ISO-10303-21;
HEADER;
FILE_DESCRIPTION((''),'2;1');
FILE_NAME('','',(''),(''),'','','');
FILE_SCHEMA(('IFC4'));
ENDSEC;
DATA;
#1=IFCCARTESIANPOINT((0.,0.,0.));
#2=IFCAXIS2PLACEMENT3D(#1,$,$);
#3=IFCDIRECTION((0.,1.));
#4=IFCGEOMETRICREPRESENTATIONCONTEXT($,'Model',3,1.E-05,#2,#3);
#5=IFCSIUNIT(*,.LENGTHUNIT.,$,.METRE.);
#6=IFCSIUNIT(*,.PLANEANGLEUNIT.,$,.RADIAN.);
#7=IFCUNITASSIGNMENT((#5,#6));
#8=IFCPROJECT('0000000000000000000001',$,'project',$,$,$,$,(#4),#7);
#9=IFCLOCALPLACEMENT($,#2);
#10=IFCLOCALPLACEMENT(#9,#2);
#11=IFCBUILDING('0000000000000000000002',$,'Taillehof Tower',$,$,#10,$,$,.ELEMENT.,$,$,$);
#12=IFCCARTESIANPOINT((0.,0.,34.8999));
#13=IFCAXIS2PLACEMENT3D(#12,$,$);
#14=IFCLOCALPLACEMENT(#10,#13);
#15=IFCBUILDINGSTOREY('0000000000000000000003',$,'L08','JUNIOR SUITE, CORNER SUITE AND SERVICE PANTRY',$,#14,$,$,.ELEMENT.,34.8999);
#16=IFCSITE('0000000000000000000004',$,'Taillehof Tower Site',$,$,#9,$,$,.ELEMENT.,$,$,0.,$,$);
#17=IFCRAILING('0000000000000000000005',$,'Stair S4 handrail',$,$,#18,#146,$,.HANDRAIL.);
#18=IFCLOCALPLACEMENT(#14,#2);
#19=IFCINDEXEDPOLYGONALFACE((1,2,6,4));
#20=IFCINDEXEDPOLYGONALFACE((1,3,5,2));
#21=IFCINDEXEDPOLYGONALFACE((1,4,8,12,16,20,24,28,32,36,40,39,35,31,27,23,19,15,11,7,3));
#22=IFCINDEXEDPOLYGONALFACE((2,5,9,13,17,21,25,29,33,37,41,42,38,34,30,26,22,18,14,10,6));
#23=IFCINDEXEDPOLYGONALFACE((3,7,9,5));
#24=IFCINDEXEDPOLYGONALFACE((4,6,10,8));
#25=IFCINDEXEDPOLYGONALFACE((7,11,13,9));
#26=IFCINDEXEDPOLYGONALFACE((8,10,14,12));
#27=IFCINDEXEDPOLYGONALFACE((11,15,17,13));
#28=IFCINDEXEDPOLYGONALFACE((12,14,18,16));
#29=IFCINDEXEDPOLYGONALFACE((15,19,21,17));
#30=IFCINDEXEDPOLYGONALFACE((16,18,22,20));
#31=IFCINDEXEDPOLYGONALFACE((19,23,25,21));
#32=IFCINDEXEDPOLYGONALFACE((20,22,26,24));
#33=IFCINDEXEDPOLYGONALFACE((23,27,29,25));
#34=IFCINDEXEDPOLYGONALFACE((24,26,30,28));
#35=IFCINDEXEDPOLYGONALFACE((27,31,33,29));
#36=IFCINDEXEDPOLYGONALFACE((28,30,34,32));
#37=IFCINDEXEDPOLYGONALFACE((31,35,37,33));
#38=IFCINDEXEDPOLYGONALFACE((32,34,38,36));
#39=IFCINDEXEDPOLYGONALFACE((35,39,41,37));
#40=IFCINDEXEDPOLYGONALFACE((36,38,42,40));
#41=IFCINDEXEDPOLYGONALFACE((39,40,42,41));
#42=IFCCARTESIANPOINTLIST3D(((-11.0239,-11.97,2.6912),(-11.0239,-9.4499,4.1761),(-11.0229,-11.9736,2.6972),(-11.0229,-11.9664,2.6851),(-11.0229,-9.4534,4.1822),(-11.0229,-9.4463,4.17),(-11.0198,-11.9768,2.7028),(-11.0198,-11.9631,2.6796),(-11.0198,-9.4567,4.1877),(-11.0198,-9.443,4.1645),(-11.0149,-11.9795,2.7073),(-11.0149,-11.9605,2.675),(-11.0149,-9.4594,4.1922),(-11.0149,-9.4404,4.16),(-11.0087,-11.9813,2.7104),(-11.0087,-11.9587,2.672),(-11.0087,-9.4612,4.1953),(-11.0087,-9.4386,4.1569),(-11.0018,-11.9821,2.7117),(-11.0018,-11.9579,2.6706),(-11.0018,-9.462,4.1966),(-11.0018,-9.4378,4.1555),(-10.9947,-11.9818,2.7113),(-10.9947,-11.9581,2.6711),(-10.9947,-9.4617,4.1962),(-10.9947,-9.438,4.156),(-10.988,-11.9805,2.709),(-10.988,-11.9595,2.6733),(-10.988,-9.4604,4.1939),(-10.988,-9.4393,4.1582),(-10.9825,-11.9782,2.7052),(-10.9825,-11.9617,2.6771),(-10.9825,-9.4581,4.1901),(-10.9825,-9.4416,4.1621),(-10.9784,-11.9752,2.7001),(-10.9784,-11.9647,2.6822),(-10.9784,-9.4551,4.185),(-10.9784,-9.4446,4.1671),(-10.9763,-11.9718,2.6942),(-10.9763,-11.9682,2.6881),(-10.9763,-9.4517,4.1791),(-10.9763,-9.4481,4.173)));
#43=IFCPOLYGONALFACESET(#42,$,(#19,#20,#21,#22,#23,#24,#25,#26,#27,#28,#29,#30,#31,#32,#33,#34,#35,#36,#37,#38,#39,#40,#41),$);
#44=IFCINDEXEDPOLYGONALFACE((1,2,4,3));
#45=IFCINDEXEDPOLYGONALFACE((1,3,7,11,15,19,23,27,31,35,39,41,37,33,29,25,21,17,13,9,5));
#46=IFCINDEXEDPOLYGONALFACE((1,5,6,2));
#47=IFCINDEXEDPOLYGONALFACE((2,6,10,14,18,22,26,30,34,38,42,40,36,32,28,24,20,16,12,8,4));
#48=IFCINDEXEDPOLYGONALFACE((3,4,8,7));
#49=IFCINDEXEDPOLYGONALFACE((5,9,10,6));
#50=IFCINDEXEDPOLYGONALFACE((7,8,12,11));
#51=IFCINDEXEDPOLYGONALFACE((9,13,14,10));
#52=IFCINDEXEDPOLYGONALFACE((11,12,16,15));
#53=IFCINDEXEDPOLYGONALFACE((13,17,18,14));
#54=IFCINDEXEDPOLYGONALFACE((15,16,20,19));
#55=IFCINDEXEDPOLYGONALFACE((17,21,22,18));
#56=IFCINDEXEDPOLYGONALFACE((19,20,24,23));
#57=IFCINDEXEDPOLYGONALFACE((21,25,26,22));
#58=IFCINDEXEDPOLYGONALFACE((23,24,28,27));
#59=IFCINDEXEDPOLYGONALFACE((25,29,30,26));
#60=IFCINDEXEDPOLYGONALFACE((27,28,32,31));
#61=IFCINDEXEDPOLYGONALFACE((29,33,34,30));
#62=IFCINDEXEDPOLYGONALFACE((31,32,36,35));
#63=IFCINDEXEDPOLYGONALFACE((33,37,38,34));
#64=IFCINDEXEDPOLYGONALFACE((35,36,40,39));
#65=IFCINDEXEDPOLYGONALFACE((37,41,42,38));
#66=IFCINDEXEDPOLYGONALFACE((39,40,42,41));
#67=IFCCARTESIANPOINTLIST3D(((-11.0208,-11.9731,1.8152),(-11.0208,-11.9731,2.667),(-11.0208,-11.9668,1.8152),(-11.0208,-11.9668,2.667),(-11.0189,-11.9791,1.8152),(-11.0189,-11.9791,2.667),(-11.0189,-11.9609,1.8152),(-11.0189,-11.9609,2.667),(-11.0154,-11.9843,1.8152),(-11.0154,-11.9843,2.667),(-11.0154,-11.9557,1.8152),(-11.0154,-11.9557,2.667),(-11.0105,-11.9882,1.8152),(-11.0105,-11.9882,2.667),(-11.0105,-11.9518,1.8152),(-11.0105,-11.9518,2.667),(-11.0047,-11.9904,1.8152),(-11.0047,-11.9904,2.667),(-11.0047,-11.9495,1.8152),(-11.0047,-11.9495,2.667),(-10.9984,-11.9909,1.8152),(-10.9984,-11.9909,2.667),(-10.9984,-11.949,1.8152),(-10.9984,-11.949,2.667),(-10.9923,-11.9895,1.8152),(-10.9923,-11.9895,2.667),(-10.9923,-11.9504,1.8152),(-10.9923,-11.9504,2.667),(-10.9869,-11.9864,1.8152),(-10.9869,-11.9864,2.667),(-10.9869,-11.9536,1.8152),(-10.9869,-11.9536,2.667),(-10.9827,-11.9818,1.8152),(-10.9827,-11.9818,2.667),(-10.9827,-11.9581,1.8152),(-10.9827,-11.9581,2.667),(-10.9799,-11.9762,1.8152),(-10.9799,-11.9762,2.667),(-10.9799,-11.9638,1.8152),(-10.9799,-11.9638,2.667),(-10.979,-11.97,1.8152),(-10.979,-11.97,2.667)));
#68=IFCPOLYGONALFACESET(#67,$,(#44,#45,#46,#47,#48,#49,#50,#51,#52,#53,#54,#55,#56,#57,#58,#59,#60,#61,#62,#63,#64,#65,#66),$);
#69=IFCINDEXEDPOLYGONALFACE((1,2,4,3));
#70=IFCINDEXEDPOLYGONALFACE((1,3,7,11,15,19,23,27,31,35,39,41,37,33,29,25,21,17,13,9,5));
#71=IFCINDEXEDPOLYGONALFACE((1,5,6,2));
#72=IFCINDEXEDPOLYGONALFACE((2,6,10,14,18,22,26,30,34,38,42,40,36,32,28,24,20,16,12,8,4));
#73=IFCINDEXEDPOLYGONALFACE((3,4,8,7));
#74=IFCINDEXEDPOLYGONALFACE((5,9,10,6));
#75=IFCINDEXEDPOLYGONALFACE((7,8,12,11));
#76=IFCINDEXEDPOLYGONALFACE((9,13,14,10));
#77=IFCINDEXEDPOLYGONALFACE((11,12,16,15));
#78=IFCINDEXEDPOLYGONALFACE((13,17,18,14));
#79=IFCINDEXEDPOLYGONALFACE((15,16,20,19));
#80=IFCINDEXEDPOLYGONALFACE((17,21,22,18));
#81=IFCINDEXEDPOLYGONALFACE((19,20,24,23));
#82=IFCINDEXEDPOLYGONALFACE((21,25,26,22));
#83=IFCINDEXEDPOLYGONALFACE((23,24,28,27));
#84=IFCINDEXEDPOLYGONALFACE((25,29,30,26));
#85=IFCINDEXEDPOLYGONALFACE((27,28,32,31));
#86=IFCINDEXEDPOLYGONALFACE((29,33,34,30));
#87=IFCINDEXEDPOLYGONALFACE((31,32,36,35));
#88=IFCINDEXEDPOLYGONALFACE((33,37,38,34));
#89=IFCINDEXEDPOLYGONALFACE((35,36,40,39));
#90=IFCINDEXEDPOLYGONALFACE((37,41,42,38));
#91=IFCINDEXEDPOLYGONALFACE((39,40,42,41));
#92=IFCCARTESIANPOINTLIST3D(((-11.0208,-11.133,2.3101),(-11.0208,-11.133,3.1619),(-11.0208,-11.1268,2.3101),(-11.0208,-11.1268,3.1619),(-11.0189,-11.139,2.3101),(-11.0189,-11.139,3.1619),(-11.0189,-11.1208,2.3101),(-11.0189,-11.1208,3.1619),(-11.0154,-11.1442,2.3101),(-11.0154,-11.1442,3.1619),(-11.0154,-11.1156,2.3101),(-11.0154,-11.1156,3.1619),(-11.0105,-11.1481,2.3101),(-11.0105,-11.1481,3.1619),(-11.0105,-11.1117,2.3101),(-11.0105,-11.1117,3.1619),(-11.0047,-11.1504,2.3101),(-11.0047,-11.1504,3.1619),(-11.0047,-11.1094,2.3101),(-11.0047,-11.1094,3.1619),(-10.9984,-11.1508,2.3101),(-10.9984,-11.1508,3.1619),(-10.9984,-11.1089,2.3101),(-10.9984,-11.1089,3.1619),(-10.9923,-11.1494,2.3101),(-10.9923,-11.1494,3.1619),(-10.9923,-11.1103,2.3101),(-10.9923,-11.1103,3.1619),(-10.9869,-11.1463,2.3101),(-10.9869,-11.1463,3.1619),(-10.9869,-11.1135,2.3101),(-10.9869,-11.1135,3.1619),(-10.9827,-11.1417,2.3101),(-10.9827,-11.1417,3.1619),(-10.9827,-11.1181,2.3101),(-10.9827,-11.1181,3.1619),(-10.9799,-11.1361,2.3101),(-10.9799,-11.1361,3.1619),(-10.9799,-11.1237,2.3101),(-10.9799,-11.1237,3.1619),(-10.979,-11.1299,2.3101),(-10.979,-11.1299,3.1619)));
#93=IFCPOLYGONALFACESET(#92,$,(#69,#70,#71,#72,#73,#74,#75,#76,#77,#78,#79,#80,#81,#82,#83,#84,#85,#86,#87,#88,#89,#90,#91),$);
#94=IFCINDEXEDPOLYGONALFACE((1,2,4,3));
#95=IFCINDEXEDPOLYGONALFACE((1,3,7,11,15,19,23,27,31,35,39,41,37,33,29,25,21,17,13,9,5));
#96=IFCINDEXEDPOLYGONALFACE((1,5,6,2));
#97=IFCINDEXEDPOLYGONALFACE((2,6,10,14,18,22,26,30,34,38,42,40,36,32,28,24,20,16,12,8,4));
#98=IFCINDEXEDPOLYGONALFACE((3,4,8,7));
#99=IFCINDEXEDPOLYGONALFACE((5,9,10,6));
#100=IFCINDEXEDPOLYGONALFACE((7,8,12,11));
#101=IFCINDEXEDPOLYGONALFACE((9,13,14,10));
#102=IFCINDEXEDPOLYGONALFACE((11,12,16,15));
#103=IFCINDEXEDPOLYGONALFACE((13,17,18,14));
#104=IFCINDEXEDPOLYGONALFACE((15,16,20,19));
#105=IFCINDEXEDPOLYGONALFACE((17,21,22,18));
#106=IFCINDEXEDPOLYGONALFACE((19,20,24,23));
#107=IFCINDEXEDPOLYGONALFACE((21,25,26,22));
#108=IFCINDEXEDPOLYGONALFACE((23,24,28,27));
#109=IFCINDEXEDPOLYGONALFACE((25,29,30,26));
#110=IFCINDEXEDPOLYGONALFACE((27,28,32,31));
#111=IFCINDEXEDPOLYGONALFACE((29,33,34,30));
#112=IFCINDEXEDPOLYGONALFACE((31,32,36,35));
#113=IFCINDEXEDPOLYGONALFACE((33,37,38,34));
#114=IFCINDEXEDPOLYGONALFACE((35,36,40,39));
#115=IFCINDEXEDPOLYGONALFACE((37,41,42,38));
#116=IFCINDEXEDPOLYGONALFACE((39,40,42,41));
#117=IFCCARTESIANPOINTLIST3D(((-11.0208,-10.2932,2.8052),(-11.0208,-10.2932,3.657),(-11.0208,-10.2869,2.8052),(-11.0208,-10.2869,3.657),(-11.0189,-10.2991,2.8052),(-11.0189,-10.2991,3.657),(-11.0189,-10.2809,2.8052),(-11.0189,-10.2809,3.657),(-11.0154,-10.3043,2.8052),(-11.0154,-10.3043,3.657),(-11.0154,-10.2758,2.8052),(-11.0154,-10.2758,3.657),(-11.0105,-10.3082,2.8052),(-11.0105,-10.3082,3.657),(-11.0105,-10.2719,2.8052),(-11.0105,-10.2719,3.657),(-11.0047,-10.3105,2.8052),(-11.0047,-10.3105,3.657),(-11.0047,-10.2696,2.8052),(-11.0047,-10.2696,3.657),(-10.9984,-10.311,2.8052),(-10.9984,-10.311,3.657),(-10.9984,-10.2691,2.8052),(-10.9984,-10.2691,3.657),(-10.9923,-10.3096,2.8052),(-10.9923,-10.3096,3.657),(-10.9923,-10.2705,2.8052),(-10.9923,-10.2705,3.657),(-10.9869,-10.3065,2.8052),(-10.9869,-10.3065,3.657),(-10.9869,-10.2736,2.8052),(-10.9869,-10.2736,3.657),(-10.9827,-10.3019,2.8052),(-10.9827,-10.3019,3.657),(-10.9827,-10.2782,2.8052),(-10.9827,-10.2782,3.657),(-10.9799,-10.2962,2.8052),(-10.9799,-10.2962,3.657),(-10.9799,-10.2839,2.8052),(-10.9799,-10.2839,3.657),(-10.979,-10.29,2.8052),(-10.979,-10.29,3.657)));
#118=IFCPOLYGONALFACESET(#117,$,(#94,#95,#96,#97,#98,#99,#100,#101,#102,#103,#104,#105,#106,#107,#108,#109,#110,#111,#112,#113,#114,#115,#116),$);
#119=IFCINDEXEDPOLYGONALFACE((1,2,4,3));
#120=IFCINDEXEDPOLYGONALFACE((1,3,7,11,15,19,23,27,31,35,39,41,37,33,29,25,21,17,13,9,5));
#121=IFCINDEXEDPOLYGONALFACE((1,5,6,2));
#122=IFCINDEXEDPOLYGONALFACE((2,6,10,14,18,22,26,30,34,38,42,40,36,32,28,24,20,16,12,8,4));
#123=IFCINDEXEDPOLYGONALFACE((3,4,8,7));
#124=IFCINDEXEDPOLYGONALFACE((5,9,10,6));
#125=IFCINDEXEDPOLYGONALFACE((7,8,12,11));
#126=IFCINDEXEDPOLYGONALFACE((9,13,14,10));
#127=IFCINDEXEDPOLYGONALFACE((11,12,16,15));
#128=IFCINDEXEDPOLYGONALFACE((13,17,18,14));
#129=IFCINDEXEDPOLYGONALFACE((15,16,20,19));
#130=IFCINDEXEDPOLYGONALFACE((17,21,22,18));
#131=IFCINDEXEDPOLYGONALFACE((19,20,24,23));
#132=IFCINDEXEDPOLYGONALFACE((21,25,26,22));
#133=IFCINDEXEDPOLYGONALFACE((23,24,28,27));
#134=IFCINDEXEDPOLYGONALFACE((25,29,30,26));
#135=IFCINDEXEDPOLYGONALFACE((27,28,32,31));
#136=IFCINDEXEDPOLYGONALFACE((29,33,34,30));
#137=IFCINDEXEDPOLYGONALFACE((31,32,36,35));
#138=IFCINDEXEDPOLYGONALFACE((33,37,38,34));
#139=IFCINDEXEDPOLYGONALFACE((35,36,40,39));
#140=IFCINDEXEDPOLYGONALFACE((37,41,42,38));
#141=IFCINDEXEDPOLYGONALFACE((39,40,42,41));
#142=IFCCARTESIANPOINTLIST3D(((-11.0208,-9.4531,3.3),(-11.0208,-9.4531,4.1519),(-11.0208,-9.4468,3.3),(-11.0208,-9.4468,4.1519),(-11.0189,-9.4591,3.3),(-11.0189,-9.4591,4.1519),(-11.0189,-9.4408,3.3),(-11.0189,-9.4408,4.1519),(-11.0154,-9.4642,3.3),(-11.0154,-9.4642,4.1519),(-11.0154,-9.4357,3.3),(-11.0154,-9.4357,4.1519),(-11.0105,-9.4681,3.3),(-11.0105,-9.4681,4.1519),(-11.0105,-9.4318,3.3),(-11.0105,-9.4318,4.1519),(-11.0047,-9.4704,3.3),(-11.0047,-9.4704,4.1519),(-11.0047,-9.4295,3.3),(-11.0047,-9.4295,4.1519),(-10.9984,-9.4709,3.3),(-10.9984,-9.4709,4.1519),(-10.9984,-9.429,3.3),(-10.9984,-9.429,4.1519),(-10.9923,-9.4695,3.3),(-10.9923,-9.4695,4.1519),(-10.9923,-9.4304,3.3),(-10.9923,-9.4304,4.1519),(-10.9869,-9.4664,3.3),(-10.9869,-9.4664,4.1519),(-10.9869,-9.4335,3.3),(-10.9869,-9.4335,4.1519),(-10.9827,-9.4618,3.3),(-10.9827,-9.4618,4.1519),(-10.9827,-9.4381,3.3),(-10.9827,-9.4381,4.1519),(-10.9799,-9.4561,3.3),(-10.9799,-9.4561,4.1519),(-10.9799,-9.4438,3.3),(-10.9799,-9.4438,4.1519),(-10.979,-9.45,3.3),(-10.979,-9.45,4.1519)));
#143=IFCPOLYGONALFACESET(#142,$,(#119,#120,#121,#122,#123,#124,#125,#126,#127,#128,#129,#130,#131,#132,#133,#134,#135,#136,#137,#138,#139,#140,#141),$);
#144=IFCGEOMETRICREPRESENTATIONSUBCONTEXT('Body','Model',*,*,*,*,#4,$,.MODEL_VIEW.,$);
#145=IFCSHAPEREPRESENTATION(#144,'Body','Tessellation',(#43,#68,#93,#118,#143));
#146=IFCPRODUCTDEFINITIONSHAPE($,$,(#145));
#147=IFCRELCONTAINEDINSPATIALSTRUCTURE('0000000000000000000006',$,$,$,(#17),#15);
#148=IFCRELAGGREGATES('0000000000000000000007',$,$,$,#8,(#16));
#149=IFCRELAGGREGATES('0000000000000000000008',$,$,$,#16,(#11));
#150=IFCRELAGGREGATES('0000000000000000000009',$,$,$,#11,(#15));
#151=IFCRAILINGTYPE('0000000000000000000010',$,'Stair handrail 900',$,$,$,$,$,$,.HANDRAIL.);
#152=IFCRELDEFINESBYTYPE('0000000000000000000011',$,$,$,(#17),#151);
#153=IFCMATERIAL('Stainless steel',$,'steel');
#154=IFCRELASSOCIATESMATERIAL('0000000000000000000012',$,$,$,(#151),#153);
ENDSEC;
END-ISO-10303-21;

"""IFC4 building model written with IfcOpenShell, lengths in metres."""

from ifc_helpers import new_model, si_unit, direction, frame, origin, origin_2d, place, context, subcontext, project, spatial, circle, extrude, material, type_object, element, save


model = new_model("IFC4")

# Units and contexts
model_context = context("Model", 3, precision=1e-05, world=origin(), true_north=direction((0.0, 1.0)))
body_context = subcontext(model_context, "Body", "Model", "MODEL_VIEW")
ifc_project = project(units=[si_unit("LENGTHUNIT", "METRE"), si_unit("PLANEANGLEUNIT", "RADIAN")], contexts=[model_context])

# Site, building, storey
site_placement = place(None, origin())
site = spatial("IfcSite", under=ifc_project, at=site_placement, Name="Taillehof Tower Site", CompositionType="ELEMENT", RefElevation=0.0)
building_placement = place(site_placement, origin())
building = spatial("IfcBuilding", under=site, at=building_placement, Name="Taillehof Tower", CompositionType="ELEMENT")
storey_placement = place(building_placement, frame((0.0, 0.0, 34.8999)))
storey = spatial("IfcBuildingStorey", under=building, at=storey_placement, Name="L08", Description="JUNIOR SUITE, CORNER SUITE AND SERVICE PANTRY", CompositionType="ELEMENT", Elevation=34.8999)

# Railing
ifc_material_1 = material(Name="Stainless steel", Category="steel")
railing_type = type_object("IfcRailingType", Name="Stair handrail 900", PredefinedType="HANDRAIL", material=ifc_material_1)
railing_placement = place(storey_placement, frame((-11.0, -11.97, 1.8152)))
element("IfcRailing", 1, at=railing_placement, inside=storey, type_object=railing_type, Name="Stair S4 handrail", PredefinedType="HANDRAIL", context=body_context, shape_type="SweptSolid", body=[
    extrude(circle(Radius=0.0239, at=origin_2d()), frame((0.0, 0.0, 0.876), z_axis=(0.0, 0.861561, 0.507655), x_axis=(-1.0, 0.0, 0.0)), (0.0, 0.0, 1.0), 2.925),
    extrude(circle(Radius=0.021, at=origin_2d()), origin(), (0.0, 0.0, 1.0), 0.8518),
    extrude(circle(Radius=0.021, at=origin_2d()), frame((0.0, 0.8401, 0.4949)), (0.0, 0.0, 1.0), 0.8518),
    extrude(circle(Radius=0.021, at=origin_2d()), frame((0.0, 1.6799, 0.99)), (0.0, 0.0, 1.0), 0.8518),
    extrude(circle(Radius=0.021, at=origin_2d()), frame((0.0, 2.52, 1.4849)), (0.0, 0.0, 1.0), 0.8518),
])

save(model, "model.ifc")
